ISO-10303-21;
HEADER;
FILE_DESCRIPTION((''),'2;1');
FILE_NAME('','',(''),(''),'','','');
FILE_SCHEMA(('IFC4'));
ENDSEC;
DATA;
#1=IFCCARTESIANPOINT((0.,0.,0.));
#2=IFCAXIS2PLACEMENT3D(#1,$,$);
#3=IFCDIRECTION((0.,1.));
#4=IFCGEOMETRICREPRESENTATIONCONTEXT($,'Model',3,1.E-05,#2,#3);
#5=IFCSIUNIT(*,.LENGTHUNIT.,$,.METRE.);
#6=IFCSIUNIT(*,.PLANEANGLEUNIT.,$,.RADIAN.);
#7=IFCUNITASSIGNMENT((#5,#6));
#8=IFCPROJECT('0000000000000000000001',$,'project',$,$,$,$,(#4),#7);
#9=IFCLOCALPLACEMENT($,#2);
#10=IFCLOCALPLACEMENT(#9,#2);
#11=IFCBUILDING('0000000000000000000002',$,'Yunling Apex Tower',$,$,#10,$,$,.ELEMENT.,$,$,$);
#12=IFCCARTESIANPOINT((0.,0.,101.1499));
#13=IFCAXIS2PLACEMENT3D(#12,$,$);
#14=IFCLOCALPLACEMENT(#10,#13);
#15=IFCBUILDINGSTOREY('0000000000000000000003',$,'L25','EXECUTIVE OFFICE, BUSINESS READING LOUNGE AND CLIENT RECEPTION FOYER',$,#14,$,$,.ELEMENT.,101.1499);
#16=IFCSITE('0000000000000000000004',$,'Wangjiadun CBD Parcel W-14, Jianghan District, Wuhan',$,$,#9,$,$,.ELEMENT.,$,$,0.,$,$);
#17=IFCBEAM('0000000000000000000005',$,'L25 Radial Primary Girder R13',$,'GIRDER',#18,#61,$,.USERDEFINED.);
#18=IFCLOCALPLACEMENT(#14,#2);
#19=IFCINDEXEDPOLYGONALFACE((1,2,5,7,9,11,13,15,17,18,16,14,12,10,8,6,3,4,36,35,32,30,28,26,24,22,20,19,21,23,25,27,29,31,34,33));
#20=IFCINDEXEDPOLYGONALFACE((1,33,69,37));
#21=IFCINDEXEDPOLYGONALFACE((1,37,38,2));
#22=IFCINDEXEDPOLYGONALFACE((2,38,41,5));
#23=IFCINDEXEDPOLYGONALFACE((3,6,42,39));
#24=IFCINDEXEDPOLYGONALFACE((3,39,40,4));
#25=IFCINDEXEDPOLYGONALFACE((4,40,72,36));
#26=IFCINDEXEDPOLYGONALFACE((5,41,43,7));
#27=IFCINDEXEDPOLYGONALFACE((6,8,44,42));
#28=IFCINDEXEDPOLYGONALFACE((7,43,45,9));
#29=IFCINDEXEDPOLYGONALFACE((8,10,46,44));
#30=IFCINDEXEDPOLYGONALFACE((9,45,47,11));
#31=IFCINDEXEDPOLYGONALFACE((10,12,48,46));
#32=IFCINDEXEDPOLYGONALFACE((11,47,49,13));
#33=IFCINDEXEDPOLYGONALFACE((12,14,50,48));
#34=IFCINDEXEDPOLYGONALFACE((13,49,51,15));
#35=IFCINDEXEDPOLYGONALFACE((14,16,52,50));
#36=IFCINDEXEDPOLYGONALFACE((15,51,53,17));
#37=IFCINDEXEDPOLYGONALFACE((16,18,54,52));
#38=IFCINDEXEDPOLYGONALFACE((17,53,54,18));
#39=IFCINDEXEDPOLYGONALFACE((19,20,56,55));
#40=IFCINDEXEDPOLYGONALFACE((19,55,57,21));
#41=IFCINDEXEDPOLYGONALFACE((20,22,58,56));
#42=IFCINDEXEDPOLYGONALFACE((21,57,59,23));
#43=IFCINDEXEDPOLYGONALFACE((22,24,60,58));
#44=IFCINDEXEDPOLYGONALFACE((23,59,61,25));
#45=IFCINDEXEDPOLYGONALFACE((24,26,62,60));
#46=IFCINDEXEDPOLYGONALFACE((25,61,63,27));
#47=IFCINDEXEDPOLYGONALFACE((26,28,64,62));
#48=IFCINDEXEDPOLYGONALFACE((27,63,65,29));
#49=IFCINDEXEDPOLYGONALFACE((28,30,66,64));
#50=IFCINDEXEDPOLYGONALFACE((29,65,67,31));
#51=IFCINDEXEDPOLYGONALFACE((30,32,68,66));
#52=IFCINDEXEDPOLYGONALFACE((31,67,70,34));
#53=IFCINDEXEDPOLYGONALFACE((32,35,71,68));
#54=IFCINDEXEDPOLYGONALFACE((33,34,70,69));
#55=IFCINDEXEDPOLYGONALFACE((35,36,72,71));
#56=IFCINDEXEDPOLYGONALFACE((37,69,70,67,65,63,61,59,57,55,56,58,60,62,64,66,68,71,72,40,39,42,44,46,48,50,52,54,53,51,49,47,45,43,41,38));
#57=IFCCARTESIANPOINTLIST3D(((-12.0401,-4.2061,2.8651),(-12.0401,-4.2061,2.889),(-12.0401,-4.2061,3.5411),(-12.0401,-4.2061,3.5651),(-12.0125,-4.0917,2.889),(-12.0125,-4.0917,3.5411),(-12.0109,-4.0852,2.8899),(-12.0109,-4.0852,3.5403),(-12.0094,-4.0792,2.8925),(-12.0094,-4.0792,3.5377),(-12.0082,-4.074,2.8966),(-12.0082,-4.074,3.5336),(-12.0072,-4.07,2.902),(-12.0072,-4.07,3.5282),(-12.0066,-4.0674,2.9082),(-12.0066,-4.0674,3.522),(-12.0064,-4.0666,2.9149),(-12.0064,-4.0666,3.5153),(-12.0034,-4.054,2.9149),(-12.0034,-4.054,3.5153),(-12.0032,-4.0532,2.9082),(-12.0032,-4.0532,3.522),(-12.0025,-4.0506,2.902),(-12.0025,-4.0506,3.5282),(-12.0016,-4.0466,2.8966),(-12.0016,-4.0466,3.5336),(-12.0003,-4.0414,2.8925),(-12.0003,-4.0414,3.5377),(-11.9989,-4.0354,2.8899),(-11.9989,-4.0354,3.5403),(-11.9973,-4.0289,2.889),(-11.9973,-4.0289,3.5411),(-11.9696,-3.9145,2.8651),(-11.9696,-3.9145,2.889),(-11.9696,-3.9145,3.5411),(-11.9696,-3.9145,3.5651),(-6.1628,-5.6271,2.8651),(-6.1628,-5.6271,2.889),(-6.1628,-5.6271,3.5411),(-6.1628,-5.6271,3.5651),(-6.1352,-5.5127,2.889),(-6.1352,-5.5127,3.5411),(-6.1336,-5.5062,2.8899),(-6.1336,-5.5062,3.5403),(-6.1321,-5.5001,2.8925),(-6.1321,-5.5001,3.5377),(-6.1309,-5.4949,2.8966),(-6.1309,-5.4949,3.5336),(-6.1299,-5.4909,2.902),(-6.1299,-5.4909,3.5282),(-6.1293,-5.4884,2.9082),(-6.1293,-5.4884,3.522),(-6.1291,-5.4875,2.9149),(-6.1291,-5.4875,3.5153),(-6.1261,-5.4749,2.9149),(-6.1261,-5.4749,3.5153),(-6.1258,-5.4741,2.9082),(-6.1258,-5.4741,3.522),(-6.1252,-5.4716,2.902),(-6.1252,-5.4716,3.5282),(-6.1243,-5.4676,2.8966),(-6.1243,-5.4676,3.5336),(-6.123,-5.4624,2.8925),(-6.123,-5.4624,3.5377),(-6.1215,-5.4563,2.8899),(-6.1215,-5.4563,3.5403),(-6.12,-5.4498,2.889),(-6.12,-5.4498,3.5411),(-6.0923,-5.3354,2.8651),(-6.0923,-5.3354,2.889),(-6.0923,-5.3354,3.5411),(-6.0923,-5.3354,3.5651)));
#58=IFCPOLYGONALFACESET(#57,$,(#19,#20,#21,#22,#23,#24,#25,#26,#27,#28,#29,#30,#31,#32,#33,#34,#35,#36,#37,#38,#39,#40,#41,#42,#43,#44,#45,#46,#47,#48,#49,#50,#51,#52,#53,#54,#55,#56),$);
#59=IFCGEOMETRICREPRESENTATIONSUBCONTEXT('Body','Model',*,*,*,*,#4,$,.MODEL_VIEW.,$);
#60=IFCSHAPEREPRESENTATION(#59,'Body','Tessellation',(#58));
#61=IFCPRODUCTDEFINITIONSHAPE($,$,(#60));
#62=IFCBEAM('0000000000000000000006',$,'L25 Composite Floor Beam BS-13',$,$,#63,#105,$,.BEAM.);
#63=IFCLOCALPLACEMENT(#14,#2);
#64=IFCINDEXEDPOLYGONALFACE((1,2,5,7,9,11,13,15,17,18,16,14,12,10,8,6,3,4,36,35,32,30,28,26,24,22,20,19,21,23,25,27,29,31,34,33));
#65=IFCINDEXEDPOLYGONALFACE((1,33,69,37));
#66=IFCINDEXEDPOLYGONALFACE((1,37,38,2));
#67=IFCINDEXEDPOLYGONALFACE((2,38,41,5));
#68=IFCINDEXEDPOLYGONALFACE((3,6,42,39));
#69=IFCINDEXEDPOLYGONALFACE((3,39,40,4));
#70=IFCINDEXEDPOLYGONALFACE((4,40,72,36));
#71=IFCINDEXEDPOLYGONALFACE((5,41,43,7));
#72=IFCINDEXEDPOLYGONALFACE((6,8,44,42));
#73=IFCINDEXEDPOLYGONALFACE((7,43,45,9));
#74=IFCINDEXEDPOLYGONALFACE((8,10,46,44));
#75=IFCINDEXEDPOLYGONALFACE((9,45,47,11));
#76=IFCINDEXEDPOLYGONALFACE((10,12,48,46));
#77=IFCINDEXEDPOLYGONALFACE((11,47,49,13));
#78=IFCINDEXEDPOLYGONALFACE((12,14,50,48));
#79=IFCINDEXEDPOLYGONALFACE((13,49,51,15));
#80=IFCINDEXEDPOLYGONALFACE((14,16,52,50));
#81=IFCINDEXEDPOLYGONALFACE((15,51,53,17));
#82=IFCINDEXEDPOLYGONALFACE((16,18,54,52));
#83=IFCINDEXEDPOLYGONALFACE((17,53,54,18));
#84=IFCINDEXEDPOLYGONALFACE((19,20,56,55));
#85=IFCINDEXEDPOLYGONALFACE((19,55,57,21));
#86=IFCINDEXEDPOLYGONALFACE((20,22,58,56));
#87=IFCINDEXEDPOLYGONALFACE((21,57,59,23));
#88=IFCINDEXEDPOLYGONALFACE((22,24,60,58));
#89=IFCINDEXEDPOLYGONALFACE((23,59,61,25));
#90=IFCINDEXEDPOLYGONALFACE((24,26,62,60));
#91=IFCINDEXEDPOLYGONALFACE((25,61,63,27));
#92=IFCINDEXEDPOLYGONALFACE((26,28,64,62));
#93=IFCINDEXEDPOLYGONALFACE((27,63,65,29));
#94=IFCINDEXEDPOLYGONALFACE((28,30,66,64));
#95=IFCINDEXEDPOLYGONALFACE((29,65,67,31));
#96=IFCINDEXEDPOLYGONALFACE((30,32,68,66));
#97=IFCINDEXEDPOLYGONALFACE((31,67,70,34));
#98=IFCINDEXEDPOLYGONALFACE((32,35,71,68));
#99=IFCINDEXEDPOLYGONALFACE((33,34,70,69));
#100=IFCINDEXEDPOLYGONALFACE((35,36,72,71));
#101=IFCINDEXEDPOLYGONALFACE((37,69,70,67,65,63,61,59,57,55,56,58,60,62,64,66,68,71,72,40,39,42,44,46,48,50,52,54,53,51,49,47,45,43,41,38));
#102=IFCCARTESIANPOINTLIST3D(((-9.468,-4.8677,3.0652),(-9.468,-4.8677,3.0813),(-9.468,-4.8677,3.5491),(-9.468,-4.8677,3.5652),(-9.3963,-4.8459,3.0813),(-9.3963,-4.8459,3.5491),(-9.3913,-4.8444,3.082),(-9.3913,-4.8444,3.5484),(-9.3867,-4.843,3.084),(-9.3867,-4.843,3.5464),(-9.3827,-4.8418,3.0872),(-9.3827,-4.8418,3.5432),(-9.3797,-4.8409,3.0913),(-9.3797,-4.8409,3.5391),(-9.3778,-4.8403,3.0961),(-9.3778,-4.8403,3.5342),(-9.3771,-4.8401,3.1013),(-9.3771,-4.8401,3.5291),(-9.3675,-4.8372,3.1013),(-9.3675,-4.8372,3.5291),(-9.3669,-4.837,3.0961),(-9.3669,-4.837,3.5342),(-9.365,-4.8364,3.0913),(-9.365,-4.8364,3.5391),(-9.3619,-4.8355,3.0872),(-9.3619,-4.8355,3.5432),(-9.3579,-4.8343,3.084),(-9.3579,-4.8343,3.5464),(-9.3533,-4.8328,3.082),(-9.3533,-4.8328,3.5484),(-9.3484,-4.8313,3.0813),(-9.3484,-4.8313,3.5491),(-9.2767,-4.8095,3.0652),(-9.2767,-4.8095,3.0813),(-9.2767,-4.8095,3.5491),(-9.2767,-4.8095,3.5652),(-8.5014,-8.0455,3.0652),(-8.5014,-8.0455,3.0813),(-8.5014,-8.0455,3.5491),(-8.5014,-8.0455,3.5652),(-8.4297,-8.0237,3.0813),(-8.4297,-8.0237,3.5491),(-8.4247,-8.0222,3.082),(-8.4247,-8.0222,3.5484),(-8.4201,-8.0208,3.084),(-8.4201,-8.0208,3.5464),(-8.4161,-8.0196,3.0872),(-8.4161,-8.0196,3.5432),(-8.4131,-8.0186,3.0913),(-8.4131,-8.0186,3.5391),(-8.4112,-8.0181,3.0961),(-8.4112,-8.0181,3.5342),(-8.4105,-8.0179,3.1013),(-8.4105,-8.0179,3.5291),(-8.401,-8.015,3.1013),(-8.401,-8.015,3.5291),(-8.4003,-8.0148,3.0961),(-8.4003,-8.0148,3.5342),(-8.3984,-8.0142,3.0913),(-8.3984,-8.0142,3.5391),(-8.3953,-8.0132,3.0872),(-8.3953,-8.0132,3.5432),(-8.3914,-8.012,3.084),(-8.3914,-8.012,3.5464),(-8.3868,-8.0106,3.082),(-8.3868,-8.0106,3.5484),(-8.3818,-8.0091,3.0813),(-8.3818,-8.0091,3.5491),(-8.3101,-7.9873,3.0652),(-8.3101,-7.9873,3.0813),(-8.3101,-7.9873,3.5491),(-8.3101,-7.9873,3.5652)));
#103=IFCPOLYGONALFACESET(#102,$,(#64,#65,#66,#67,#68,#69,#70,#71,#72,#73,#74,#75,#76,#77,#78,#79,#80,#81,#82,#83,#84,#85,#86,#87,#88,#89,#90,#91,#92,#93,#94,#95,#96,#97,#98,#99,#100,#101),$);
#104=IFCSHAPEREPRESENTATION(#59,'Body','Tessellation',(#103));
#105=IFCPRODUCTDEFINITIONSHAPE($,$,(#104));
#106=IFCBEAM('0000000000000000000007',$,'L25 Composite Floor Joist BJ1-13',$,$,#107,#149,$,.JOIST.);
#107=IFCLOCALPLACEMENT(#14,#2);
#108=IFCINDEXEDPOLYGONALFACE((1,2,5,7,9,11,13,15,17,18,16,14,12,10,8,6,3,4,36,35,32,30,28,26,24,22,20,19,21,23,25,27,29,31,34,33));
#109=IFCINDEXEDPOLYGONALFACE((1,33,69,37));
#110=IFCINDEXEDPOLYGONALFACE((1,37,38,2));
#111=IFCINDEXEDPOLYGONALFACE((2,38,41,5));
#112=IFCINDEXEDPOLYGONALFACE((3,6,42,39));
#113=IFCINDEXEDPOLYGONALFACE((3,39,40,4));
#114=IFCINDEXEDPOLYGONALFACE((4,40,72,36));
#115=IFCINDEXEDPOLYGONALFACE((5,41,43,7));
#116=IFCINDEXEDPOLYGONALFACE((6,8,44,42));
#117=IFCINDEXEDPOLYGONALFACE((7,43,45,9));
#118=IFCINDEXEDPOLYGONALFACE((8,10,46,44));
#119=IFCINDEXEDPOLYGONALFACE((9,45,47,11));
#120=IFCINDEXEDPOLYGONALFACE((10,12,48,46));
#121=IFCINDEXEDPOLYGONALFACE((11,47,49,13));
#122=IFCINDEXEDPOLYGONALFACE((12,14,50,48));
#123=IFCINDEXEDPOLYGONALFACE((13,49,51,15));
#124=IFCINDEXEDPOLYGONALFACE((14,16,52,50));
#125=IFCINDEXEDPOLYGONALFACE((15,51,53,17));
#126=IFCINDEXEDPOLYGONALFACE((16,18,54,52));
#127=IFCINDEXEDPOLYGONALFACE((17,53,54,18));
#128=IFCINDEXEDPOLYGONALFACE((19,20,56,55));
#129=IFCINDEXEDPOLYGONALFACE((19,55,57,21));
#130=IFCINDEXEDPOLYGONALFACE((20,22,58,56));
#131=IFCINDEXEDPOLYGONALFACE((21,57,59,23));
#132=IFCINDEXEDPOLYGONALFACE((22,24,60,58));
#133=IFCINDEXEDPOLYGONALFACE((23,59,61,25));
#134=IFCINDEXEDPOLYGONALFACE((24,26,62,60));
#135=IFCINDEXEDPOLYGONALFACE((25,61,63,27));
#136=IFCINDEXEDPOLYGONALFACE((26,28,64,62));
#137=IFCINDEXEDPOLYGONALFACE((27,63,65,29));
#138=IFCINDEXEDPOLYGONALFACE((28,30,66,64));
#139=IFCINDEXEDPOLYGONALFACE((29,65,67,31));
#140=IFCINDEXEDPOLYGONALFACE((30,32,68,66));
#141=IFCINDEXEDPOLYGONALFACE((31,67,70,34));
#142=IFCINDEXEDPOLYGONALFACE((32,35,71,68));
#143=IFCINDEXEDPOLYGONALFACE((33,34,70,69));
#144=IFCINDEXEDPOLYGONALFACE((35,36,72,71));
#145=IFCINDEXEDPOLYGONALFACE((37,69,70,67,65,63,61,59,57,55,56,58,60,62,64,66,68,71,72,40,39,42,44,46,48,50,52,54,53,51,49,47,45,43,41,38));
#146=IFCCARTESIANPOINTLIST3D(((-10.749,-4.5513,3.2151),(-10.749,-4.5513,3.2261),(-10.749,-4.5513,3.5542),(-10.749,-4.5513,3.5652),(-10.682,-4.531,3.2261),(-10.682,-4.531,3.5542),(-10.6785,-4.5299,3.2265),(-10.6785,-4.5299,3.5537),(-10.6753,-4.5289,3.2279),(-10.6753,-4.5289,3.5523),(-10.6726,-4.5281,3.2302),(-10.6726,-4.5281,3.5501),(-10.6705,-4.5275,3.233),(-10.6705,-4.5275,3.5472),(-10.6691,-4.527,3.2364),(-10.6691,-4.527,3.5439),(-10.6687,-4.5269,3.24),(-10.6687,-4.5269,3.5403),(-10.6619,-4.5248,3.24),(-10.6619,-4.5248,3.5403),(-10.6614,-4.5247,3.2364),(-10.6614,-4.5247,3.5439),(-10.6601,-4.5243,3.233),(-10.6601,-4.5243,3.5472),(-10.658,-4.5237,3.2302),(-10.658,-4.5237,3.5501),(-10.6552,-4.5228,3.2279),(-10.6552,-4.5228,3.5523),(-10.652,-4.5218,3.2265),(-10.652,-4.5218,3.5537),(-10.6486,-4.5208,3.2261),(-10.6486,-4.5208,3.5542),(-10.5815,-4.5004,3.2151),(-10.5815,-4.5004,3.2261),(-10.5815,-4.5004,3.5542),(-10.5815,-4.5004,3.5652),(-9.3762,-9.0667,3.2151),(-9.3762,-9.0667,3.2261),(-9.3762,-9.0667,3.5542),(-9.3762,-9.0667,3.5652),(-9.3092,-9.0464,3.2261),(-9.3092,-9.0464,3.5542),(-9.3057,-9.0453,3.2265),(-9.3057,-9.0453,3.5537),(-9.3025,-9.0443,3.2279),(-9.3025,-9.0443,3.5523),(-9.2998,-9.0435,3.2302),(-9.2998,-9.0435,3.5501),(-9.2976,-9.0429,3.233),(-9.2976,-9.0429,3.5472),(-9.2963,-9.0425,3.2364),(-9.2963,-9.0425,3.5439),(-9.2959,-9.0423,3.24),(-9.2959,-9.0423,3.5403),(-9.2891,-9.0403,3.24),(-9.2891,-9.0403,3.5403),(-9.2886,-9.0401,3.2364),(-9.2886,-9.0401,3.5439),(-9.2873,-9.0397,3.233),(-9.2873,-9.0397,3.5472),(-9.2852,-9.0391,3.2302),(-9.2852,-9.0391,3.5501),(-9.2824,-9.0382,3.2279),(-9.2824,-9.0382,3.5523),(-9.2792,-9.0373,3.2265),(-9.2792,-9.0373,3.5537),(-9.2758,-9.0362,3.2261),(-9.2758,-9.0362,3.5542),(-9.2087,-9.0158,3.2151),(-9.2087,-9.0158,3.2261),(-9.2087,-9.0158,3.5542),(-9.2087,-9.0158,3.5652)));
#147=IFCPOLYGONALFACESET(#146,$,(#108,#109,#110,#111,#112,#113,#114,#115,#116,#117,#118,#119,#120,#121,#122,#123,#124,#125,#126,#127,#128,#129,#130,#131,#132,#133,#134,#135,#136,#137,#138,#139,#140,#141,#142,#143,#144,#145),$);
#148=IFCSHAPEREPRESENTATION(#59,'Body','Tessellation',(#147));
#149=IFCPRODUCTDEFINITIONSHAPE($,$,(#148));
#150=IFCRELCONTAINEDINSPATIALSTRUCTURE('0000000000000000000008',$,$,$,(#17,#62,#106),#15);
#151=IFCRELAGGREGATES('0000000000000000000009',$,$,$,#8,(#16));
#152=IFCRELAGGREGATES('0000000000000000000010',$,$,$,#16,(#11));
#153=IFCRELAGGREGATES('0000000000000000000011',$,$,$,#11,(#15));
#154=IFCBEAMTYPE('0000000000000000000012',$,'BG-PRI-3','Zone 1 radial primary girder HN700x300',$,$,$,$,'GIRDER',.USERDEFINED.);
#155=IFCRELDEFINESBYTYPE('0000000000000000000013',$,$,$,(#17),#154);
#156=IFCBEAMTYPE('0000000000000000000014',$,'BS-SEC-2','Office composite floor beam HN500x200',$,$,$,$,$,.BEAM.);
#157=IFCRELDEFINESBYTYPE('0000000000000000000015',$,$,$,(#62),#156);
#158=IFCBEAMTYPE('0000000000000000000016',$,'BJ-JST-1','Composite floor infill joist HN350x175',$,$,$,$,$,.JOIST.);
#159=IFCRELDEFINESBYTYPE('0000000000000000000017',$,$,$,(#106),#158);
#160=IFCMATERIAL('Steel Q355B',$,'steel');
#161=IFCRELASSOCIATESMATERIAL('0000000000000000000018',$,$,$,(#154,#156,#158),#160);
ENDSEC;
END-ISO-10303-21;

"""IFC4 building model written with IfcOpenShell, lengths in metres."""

from ifc_helpers import new_model, si_unit, direction, frame, origin, origin_2d, place, context, subcontext, project, spatial, i_section, extrude, source, transform, mapped, material, material_profile, profile_set, type_object, element, save


model = new_model("IFC4")

# Units and contexts
model_context = context("Model", 3, precision=1e-05, world=origin(), true_north=direction((0.0, 1.0)))
body_context = subcontext(model_context, "Body", "Model", "MODEL_VIEW")
ifc_project = project(units=[si_unit("LENGTHUNIT", "METRE"), si_unit("PLANEANGLEUNIT", "RADIAN")], contexts=[model_context])

# Site, building, storey
site_placement = place(None, origin())
site = spatial("IfcSite", under=ifc_project, at=site_placement, Name="Wangjiadun CBD Parcel W-14, Jianghan District, Wuhan", CompositionType="ELEMENT", RefElevation=0.0)
building_placement = place(site_placement, origin())
building = spatial("IfcBuilding", under=site, at=building_placement, Name="Yunling Apex Tower", CompositionType="ELEMENT")
storey_placement = place(building_placement, frame((0.0, 0.0, 101.1499)))
storey = spatial("IfcBuildingStorey", under=building, at=storey_placement, Name="L25", Description="EXECUTIVE OFFICE, BUSINESS READING LOUNGE AND CLIENT RECEPTION FOYER", CompositionType="ELEMENT", Elevation=101.1499)

# Beams
ifc_material_1 = material(Name="Steel Q355B", Category="steel")
ifc_material_profile_1 = material_profile(ifc_material_1, i_section(OverallWidth=0.3, OverallDepth=0.7, WebThickness=0.0129, FlangeThickness=0.0239, FilletRadius=0.0259, at=origin_2d()))
ifc_profile_set_1 = profile_set([ifc_material_profile_1], Name="Steel Q355B")
beam_type_1 = type_object("IfcBeamType", Name="BG-PRI-3", Description="Zone 1 radial primary girder HN700x300", ElementType="GIRDER", PredefinedType="USERDEFINED", material=ifc_profile_set_1)
shared_shape_1 = source(origin(), body_context, "Body", "SweptSolid", [
    extrude(i_section(OverallWidth=0.3, OverallDepth=0.7, WebThickness=0.0129, FlangeThickness=0.0239, FilletRadius=0.0259, at=origin_2d()), origin(), (0.0, 0.0, 1.0), 6.0466),
])
beam_1_placement = place(storey_placement, frame((-12.0049, -4.0603, 3.2151), z_axis=(0.971997, -0.234994, 0.0), x_axis=(0.234994, 0.971997, 0.0)))
element("IfcBeam", 1, at=beam_1_placement, inside=storey, type_object=beam_type_1, Name="L25 Radial Primary Girder R13", ObjectType="GIRDER", PredefinedType="USERDEFINED", context=body_context, shape_type="MappedRepresentation", body=[
    mapped(shared_shape_1, transform((0.0, 0.0, 0.0), scale=1.0)),
])
ifc_material_profile_2 = material_profile(ifc_material_1, i_section(OverallWidth=0.2, OverallDepth=0.5, WebThickness=0.01, FlangeThickness=0.0161, FilletRadius=0.02, at=origin_2d()))
ifc_profile_set_2 = profile_set([ifc_material_profile_2], Name="Steel Q355B")
beam_type_2 = type_object("IfcBeamType", Name="BS-SEC-2", Description="Office composite floor beam HN500x200", PredefinedType="BEAM", material=ifc_profile_set_2)
shared_shape_2 = source(origin(), body_context, "Body", "SweptSolid", [
    extrude(i_section(OverallWidth=0.2, OverallDepth=0.5, WebThickness=0.01, FlangeThickness=0.0161, FilletRadius=0.02, at=origin_2d()), origin(), (0.0, 0.0, 1.0), 3.3215),
])
beam_2_placement = place(storey_placement, frame((-9.3723, -4.8386, 3.3152), z_axis=(0.291001, -0.956723, 0.0), x_axis=(0.956723, 0.291001, 0.0)))
element("IfcBeam", 2, at=beam_2_placement, inside=storey, type_object=beam_type_2, Name="L25 Composite Floor Beam BS-13", PredefinedType="BEAM", context=body_context, shape_type="MappedRepresentation", body=[
    mapped(shared_shape_2, transform((0.0, 0.0, 0.0), scale=1.0)),
])
ifc_material_profile_3 = material_profile(ifc_material_1, i_section(OverallWidth=0.175, OverallDepth=0.3501, WebThickness=0.0071, FlangeThickness=0.011, FilletRadius=0.0139, at=origin_2d()))
ifc_profile_set_3 = profile_set([ifc_material_profile_3], Name="Steel Q355B")
beam_type_3 = type_object("IfcBeamType", Name="BJ-JST-1", Description="Composite floor infill joist HN350x175", PredefinedType="JOIST", material=ifc_profile_set_3)
shared_shape_3 = source(origin(), body_context, "Body", "SweptSolid", [
    extrude(i_section(OverallWidth=0.175, OverallDepth=0.3501, WebThickness=0.0071, FlangeThickness=0.011, FilletRadius=0.0139, at=origin_2d()), origin(), (0.0, 0.0, 1.0), 4.7195),
])
beam_3_placement = place(storey_placement, frame((-10.6653, -4.5259, 3.3901), z_axis=(0.290882, -0.956759, 0.0), x_axis=(0.956759, 0.290882, 0.0)))
element("IfcBeam", 3, at=beam_3_placement, inside=storey, type_object=beam_type_3, Name="L25 Composite Floor Joist BJ1-13", PredefinedType="JOIST", context=body_context, shape_type="MappedRepresentation", body=[
    mapped(shared_shape_3, transform((0.0, 0.0, 0.0), scale=1.0)),
])

save(model, "model.ifc")
